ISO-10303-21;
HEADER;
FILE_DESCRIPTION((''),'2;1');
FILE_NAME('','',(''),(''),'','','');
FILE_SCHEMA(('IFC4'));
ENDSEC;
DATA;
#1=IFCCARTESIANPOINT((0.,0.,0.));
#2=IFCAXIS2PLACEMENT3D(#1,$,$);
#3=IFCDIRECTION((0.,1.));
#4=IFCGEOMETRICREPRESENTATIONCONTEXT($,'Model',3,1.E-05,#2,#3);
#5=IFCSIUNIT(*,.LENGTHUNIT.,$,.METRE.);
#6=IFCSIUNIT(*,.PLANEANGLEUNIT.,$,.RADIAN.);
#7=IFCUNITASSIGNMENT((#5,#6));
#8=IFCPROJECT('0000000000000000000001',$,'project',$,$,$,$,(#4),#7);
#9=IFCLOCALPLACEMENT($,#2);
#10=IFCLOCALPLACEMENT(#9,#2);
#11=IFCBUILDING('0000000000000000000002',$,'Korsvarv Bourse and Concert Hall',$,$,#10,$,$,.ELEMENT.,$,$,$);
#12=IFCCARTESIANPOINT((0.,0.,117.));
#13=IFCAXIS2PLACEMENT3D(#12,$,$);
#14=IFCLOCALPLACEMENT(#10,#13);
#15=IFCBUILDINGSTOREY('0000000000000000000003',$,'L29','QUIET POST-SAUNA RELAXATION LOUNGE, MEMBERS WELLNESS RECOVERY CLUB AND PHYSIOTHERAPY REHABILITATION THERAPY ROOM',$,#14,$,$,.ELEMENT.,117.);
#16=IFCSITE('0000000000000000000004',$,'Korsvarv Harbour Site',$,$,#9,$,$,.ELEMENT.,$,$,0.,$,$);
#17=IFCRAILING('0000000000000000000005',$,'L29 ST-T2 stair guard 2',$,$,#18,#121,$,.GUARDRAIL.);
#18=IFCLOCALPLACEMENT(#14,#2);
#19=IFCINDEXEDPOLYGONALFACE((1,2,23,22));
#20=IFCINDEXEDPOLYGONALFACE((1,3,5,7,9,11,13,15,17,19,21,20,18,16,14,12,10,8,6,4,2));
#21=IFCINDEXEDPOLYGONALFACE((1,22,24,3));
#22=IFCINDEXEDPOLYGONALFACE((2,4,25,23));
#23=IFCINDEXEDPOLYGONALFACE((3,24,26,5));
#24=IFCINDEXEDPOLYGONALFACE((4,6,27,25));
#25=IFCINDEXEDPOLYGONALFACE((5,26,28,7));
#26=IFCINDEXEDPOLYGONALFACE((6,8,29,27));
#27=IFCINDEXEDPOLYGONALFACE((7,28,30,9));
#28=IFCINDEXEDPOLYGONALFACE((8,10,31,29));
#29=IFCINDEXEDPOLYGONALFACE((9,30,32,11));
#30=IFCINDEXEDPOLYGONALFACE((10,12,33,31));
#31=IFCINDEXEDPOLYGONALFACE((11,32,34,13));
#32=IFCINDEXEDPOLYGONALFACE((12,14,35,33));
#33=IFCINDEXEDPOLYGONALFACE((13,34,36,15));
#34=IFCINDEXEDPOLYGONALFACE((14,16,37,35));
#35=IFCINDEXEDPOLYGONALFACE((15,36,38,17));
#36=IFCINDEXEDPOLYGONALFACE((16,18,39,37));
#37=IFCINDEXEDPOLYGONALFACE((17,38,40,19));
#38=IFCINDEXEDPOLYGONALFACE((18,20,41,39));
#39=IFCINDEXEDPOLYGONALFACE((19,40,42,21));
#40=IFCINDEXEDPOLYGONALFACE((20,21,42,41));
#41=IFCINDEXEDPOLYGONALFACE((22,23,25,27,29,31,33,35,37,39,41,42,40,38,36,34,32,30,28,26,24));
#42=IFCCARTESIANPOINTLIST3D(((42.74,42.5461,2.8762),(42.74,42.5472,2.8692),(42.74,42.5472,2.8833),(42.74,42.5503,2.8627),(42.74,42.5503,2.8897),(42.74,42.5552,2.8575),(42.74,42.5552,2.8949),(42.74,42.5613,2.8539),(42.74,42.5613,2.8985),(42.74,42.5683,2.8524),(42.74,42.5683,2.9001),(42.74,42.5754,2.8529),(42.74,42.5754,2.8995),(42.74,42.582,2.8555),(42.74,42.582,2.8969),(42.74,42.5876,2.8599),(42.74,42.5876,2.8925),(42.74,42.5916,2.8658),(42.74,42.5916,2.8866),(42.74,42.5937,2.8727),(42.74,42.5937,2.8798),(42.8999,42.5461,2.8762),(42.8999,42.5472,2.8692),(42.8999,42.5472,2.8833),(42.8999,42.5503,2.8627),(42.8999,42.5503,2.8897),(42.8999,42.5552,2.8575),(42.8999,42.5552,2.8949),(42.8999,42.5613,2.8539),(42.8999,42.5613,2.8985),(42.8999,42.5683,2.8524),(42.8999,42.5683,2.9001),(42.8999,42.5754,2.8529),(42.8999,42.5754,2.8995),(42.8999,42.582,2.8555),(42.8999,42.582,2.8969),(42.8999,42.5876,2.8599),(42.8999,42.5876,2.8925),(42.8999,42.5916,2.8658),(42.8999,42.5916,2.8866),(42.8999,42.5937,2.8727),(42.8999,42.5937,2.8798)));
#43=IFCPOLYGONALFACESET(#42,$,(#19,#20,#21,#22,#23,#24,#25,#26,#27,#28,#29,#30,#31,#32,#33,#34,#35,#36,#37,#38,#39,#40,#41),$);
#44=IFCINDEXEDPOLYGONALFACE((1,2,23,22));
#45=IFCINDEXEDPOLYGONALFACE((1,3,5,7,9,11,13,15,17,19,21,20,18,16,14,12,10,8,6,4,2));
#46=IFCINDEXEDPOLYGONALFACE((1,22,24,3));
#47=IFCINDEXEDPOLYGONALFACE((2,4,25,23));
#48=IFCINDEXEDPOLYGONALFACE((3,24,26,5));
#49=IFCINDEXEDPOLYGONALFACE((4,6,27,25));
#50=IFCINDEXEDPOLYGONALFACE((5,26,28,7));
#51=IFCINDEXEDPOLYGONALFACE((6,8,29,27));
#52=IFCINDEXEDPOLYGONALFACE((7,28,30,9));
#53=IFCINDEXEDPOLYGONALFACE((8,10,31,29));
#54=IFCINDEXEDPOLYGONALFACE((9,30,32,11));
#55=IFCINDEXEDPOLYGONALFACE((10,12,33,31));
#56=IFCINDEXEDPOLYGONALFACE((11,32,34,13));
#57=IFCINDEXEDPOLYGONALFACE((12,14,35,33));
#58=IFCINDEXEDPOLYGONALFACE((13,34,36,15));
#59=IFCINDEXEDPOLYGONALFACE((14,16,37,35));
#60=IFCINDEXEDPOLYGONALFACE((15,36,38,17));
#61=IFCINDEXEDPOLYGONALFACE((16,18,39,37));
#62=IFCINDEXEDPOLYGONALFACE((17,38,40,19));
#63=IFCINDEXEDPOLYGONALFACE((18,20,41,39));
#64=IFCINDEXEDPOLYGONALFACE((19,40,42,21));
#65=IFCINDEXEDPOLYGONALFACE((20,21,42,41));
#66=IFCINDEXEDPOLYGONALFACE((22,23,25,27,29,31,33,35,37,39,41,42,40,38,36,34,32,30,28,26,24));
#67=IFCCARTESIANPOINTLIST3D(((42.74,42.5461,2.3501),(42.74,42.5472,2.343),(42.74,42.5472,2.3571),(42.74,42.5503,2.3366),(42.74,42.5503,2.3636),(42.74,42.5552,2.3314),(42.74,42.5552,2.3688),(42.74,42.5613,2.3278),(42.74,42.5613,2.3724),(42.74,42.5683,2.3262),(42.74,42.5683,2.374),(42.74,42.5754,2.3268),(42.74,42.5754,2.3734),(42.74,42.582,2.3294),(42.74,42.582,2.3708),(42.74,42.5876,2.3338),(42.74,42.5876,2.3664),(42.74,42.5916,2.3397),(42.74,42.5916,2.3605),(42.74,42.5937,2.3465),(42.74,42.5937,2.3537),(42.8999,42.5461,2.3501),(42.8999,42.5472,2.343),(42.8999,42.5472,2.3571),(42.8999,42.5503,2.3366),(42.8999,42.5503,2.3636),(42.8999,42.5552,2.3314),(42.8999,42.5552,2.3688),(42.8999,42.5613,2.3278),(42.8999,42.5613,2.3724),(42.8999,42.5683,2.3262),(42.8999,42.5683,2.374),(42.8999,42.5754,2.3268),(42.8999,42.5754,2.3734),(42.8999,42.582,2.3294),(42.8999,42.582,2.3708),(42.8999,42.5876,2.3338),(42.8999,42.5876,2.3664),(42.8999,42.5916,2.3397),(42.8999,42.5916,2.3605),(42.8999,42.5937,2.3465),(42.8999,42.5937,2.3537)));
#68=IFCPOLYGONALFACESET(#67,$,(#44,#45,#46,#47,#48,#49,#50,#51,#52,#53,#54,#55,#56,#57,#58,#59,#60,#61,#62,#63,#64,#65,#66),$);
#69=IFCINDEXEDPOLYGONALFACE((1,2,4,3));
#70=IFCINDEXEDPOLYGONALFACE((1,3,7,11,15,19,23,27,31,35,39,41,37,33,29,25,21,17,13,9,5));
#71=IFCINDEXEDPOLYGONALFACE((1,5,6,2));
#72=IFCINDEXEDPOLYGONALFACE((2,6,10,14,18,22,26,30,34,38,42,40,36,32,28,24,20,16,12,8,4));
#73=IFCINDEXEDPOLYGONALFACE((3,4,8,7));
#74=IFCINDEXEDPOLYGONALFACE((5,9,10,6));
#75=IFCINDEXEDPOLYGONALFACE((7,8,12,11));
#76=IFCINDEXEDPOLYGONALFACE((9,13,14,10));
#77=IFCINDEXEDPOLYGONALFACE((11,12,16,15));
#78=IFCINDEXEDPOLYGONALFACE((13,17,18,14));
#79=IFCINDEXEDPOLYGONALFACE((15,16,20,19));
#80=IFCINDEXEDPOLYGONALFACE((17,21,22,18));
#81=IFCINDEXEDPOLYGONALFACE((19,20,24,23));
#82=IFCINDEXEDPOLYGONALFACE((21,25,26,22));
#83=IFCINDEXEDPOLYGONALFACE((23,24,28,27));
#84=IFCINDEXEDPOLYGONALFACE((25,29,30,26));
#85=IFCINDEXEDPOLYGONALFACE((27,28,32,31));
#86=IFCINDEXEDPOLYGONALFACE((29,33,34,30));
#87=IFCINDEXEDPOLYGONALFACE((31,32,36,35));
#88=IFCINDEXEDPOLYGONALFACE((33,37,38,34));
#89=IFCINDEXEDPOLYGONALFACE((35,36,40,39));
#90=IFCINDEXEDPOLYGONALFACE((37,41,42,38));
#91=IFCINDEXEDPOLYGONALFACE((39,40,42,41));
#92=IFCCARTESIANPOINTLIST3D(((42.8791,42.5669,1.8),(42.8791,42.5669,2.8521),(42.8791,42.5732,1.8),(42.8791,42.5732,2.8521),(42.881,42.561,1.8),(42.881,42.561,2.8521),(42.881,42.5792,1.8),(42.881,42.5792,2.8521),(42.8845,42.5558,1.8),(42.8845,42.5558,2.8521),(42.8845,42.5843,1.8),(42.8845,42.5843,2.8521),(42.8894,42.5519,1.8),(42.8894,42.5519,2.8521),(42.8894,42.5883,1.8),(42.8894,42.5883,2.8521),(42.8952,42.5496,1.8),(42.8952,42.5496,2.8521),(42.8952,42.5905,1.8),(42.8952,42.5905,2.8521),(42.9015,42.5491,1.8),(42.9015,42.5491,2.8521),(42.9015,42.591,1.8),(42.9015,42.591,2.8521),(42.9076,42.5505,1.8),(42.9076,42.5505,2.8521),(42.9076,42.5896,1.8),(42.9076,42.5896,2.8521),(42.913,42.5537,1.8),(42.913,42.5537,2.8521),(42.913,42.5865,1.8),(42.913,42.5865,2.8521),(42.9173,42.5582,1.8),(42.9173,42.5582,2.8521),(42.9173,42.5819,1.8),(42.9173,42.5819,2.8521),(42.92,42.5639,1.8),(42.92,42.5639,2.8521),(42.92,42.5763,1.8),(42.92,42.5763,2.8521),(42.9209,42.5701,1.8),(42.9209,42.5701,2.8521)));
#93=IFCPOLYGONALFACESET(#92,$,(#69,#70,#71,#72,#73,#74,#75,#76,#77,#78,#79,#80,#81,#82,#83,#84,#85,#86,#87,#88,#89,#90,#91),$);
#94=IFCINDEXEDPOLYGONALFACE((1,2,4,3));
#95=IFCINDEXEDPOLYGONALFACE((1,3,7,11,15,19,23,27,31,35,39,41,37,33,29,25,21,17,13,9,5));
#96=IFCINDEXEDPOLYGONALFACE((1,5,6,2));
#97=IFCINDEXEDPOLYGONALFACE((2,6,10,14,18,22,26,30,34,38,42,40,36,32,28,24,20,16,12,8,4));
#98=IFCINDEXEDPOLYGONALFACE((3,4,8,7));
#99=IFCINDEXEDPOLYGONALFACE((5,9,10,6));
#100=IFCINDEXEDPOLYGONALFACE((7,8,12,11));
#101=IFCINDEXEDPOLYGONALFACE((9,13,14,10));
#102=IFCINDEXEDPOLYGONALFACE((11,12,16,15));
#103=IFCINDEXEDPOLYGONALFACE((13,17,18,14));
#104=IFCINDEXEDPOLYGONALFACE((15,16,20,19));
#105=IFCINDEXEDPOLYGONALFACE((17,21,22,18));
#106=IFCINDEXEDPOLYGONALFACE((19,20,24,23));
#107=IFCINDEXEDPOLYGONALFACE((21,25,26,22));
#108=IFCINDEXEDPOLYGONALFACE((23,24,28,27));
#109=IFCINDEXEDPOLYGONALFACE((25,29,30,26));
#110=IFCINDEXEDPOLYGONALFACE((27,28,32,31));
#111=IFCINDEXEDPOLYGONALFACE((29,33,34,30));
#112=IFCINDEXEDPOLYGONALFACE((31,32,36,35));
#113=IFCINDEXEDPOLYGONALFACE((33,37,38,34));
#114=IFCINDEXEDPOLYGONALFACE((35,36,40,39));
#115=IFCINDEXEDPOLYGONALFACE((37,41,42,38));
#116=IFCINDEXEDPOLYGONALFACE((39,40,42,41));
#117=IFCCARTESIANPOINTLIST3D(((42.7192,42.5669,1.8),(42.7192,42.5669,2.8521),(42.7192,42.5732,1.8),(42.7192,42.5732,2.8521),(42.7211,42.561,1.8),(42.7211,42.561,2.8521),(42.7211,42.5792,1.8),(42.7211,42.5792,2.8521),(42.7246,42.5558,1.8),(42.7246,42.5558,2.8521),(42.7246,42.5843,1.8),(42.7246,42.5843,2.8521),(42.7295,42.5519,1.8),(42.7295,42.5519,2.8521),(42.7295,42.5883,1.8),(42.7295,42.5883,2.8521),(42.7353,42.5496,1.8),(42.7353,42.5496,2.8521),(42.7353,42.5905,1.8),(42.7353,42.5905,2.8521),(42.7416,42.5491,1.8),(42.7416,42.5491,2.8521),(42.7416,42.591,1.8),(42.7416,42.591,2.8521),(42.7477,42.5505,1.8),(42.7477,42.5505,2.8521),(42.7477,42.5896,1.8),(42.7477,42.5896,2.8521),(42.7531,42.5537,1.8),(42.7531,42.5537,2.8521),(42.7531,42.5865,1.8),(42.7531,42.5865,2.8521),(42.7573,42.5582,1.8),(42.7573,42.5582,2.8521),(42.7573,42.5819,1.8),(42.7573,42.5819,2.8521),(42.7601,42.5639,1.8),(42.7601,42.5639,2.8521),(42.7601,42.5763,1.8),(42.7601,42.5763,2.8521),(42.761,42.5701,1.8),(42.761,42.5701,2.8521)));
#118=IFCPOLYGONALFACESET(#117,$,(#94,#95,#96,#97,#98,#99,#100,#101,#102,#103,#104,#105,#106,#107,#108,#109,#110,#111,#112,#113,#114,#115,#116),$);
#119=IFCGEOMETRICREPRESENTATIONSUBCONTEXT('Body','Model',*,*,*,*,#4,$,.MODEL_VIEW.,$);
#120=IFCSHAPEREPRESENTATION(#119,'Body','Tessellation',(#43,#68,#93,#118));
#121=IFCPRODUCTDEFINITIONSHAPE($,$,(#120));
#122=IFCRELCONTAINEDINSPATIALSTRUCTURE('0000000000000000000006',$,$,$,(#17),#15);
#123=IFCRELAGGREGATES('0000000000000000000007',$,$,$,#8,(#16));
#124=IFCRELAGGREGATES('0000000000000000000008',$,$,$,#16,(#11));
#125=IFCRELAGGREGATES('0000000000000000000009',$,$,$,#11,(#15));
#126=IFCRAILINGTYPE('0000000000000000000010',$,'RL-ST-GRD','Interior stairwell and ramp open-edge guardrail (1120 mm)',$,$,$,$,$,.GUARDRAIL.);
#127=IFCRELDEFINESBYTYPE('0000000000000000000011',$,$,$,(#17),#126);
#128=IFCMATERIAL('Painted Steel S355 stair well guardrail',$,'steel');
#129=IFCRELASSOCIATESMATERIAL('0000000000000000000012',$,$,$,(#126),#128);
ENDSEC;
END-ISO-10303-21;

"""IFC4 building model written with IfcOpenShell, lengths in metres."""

from ifc_helpers import new_model, si_unit, direction, frame, origin, origin_2d, place, context, subcontext, project, spatial, circle, extrude, material, type_object, element, save


model = new_model("IFC4")

# Units and contexts
model_context = context("Model", 3, precision=1e-05, world=origin(), true_north=direction((0.0, 1.0)))
body_context = subcontext(model_context, "Body", "Model", "MODEL_VIEW")
ifc_project = project(units=[si_unit("LENGTHUNIT", "METRE"), si_unit("PLANEANGLEUNIT", "RADIAN")], contexts=[model_context])

# Site, building, storey
site_placement = place(None, origin())
site = spatial("IfcSite", under=ifc_project, at=site_placement, Name="Korsvarv Harbour Site", CompositionType="ELEMENT", RefElevation=0.0)
building_placement = place(site_placement, origin())
building = spatial("IfcBuilding", under=site, at=building_placement, Name="Korsvarv Bourse and Concert Hall", CompositionType="ELEMENT")
storey_placement = place(building_placement, frame((0.0, 0.0, 117.0)))
storey = spatial("IfcBuildingStorey", under=building, at=storey_placement, Name="L29", Description="QUIET POST-SAUNA RELAXATION LOUNGE, MEMBERS WELLNESS RECOVERY CLUB AND PHYSIOTHERAPY REHABILITATION THERAPY ROOM", CompositionType="ELEMENT", Elevation=117.0)

# Railing
ifc_material_1 = material(Name="Painted Steel S355 stair well guardrail", Category="steel")
railing_type_1 = type_object("IfcRailingType", Name="RL-ST-GRD", Description="Interior stairwell and ramp open-edge guardrail (1120 mm)", PredefinedType="GUARDRAIL", material=ifc_material_1)
railing_1_placement = place(storey_placement, frame((42.8999, 42.5701, 1.8)))
element("IfcRailing", 1, at=railing_1_placement, inside=storey, type_object=railing_type_1, Name="L29 ST-T2 stair guard 2", PredefinedType="GUARDRAIL", context=body_context, shape_type="SweptSolid", body=[
    extrude(circle(Radius=0.0239, at=origin_2d()), frame((0.0, 0.0, 1.0762), z_axis=(-1.0, 0.0, 0.0), x_axis=(0.0, -1.0, 0.0)), (0.0, 0.0, 1.0), 0.1599),
    extrude(circle(Radius=0.0239, at=origin_2d()), frame((0.0, 0.0, 0.55), z_axis=(-1.0, 0.0, 0.0), x_axis=(0.0, -1.0, 0.0)), (0.0, 0.0, 1.0), 0.1599),
    extrude(circle(Radius=0.021, at=origin_2d()), origin(), (0.0, 0.0, 1.0), 1.052),
    extrude(circle(Radius=0.021, at=origin_2d()), frame((-0.1599, 0.0, 0.0)), (0.0, 0.0, 1.0), 1.052),
])

save(model, "model.ifc")
